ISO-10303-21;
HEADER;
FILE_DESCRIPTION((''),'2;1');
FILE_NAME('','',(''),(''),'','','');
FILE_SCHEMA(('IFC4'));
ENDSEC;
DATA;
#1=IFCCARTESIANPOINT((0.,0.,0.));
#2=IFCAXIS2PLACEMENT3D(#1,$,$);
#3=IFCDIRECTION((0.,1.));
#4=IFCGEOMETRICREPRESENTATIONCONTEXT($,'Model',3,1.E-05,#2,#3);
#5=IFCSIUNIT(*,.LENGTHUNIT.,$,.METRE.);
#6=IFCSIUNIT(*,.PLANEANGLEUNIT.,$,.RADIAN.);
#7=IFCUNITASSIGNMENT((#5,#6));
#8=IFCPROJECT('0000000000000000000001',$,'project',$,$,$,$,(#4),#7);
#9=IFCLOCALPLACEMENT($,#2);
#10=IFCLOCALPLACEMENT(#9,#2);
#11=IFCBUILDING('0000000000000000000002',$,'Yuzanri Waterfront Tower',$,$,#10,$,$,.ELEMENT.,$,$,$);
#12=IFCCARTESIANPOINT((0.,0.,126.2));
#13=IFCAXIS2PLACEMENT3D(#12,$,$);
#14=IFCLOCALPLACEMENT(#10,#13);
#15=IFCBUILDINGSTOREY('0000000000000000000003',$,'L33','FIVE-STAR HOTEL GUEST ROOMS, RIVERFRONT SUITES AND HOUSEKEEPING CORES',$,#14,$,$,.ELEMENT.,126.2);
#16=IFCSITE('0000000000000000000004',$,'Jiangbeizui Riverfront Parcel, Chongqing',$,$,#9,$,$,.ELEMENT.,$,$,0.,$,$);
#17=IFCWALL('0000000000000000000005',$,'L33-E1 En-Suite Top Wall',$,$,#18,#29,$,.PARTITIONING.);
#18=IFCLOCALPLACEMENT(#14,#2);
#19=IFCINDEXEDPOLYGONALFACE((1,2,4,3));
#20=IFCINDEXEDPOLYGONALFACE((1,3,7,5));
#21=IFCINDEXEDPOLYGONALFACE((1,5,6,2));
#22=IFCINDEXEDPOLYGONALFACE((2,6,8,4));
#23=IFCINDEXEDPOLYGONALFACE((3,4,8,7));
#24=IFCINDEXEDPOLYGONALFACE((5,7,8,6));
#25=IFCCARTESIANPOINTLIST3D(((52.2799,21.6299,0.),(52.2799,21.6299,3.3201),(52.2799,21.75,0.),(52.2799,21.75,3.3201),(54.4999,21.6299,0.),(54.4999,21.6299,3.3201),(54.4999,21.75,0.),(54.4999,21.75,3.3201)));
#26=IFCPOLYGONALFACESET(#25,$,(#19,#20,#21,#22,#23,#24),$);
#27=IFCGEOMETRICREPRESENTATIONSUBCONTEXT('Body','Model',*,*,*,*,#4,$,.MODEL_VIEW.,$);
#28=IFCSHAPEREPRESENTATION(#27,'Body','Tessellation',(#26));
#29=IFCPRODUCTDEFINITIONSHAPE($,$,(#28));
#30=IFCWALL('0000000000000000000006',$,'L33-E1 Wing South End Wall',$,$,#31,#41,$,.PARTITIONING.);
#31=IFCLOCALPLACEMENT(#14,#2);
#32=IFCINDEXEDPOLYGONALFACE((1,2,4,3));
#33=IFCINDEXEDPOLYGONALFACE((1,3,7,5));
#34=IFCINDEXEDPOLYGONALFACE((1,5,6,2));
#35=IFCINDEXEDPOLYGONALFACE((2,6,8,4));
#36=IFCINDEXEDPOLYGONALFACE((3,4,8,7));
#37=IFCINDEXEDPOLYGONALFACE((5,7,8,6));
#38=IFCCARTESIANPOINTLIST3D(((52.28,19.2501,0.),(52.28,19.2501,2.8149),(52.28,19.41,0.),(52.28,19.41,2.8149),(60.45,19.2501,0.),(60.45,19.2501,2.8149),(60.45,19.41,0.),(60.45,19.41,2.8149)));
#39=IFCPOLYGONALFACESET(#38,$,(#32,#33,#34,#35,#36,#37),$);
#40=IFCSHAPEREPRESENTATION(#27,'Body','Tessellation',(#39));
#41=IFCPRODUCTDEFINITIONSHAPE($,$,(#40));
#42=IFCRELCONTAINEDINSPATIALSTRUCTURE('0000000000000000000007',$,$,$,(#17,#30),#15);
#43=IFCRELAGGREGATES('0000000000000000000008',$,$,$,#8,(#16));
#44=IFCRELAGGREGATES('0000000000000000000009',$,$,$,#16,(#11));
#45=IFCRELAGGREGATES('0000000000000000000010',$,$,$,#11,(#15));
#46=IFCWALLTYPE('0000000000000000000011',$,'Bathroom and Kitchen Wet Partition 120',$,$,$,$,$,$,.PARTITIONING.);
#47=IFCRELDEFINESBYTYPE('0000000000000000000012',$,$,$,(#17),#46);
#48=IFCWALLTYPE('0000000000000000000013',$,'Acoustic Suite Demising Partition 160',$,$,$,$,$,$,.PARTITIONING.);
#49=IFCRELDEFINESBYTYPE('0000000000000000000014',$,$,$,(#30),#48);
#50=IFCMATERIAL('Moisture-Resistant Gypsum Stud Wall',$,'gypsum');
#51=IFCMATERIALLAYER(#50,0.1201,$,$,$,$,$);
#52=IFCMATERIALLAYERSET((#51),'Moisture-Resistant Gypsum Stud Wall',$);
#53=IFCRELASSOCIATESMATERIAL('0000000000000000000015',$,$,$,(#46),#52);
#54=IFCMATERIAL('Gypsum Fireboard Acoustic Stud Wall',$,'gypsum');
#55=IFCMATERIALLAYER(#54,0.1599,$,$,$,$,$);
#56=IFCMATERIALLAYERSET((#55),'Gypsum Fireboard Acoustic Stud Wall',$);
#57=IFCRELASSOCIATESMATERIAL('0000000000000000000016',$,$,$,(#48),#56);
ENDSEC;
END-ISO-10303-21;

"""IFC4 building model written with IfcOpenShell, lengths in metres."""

from ifc_helpers import new_model, si_unit, direction, frame, frame_2d, origin, place, context, subcontext, project, spatial, rectangle, extrude, source, transform, mapped, material, layer, layer_set, type_object, element, save


model = new_model("IFC4")

# Units and contexts
model_context = context("Model", 3, precision=1e-05, world=origin(), true_north=direction((0.0, 1.0)))
body_context = subcontext(model_context, "Body", "Model", "MODEL_VIEW")
ifc_project = project(units=[si_unit("LENGTHUNIT", "METRE"), si_unit("PLANEANGLEUNIT", "RADIAN")], contexts=[model_context])

# Site, building, storey
site_placement = place(None, origin())
site = spatial("IfcSite", under=ifc_project, at=site_placement, Name="Jiangbeizui Riverfront Parcel, Chongqing", CompositionType="ELEMENT", RefElevation=0.0)
building_placement = place(site_placement, origin())
building = spatial("IfcBuilding", under=site, at=building_placement, Name="Yuzanri Waterfront Tower", CompositionType="ELEMENT")
storey_placement = place(building_placement, frame((0.0, 0.0, 126.2)))
storey = spatial("IfcBuildingStorey", under=building, at=storey_placement, Name="L33", Description="FIVE-STAR HOTEL GUEST ROOMS, RIVERFRONT SUITES AND HOUSEKEEPING CORES", CompositionType="ELEMENT", Elevation=126.2)

# Shared definitions
ifc_material_1 = material(Name="Moisture-Resistant Gypsum Stud Wall", Category="gypsum")
ifc_layer_1 = layer(ifc_material_1, 0.1201)
ifc_layer_set_1 = layer_set([ifc_layer_1], Name="Moisture-Resistant Gypsum Stud Wall")
wall_type_1 = type_object("IfcWallType", Name="Bathroom and Kitchen Wet Partition 120", PredefinedType="PARTITIONING", material=ifc_layer_set_1)

# Walls
shared_shape_1 = source(origin(), body_context, "Body", "SweptSolid", [
    extrude(rectangle(XDim=2.22, YDim=0.1201, at=frame_2d((1.1099, 0.0))), origin(), (0.0, 0.0, 1.0), 3.3201),
])
wall_1_placement = place(storey_placement, frame((52.28, 21.6899, 0.0), z_axis=(0.0, 0.0, 1.0), x_axis=(1.0, 0.0, 0.0)))
element("IfcWall", 1, at=wall_1_placement, inside=storey, type_object=wall_type_1, Name="L33-E1 En-Suite Top Wall", PredefinedType="PARTITIONING", context=body_context, shape_type="MappedRepresentation", body=[
    mapped(shared_shape_1, transform((0.0, 0.0, 0.0), scale=1.0)),
])
ifc_material_2 = material(Name="Gypsum Fireboard Acoustic Stud Wall", Category="gypsum")
ifc_layer_2 = layer(ifc_material_2, 0.1599)
ifc_layer_set_2 = layer_set([ifc_layer_2], Name="Gypsum Fireboard Acoustic Stud Wall")
wall_type_2 = type_object("IfcWallType", Name="Acoustic Suite Demising Partition 160", PredefinedType="PARTITIONING", material=ifc_layer_set_2)
shared_shape_2 = source(origin(), body_context, "Body", "SweptSolid", [
    extrude(rectangle(XDim=8.1699, YDim=0.1599, at=frame_2d((4.085, 0.0))), origin(), (0.0, 0.0, 1.0), 2.8149),
])
wall_2_placement = place(storey_placement, frame((52.28, 19.3301, 0.0), z_axis=(0.0, 0.0, 1.0), x_axis=(1.0, 0.0, 0.0)))
element("IfcWall", 2, at=wall_2_placement, inside=storey, type_object=wall_type_2, Name="L33-E1 Wing South End Wall", PredefinedType="PARTITIONING", context=body_context, shape_type="MappedRepresentation", body=[
    mapped(shared_shape_2, transform((0.0, 0.0, 0.0), scale=1.0)),
])

save(model, "model.ifc")
